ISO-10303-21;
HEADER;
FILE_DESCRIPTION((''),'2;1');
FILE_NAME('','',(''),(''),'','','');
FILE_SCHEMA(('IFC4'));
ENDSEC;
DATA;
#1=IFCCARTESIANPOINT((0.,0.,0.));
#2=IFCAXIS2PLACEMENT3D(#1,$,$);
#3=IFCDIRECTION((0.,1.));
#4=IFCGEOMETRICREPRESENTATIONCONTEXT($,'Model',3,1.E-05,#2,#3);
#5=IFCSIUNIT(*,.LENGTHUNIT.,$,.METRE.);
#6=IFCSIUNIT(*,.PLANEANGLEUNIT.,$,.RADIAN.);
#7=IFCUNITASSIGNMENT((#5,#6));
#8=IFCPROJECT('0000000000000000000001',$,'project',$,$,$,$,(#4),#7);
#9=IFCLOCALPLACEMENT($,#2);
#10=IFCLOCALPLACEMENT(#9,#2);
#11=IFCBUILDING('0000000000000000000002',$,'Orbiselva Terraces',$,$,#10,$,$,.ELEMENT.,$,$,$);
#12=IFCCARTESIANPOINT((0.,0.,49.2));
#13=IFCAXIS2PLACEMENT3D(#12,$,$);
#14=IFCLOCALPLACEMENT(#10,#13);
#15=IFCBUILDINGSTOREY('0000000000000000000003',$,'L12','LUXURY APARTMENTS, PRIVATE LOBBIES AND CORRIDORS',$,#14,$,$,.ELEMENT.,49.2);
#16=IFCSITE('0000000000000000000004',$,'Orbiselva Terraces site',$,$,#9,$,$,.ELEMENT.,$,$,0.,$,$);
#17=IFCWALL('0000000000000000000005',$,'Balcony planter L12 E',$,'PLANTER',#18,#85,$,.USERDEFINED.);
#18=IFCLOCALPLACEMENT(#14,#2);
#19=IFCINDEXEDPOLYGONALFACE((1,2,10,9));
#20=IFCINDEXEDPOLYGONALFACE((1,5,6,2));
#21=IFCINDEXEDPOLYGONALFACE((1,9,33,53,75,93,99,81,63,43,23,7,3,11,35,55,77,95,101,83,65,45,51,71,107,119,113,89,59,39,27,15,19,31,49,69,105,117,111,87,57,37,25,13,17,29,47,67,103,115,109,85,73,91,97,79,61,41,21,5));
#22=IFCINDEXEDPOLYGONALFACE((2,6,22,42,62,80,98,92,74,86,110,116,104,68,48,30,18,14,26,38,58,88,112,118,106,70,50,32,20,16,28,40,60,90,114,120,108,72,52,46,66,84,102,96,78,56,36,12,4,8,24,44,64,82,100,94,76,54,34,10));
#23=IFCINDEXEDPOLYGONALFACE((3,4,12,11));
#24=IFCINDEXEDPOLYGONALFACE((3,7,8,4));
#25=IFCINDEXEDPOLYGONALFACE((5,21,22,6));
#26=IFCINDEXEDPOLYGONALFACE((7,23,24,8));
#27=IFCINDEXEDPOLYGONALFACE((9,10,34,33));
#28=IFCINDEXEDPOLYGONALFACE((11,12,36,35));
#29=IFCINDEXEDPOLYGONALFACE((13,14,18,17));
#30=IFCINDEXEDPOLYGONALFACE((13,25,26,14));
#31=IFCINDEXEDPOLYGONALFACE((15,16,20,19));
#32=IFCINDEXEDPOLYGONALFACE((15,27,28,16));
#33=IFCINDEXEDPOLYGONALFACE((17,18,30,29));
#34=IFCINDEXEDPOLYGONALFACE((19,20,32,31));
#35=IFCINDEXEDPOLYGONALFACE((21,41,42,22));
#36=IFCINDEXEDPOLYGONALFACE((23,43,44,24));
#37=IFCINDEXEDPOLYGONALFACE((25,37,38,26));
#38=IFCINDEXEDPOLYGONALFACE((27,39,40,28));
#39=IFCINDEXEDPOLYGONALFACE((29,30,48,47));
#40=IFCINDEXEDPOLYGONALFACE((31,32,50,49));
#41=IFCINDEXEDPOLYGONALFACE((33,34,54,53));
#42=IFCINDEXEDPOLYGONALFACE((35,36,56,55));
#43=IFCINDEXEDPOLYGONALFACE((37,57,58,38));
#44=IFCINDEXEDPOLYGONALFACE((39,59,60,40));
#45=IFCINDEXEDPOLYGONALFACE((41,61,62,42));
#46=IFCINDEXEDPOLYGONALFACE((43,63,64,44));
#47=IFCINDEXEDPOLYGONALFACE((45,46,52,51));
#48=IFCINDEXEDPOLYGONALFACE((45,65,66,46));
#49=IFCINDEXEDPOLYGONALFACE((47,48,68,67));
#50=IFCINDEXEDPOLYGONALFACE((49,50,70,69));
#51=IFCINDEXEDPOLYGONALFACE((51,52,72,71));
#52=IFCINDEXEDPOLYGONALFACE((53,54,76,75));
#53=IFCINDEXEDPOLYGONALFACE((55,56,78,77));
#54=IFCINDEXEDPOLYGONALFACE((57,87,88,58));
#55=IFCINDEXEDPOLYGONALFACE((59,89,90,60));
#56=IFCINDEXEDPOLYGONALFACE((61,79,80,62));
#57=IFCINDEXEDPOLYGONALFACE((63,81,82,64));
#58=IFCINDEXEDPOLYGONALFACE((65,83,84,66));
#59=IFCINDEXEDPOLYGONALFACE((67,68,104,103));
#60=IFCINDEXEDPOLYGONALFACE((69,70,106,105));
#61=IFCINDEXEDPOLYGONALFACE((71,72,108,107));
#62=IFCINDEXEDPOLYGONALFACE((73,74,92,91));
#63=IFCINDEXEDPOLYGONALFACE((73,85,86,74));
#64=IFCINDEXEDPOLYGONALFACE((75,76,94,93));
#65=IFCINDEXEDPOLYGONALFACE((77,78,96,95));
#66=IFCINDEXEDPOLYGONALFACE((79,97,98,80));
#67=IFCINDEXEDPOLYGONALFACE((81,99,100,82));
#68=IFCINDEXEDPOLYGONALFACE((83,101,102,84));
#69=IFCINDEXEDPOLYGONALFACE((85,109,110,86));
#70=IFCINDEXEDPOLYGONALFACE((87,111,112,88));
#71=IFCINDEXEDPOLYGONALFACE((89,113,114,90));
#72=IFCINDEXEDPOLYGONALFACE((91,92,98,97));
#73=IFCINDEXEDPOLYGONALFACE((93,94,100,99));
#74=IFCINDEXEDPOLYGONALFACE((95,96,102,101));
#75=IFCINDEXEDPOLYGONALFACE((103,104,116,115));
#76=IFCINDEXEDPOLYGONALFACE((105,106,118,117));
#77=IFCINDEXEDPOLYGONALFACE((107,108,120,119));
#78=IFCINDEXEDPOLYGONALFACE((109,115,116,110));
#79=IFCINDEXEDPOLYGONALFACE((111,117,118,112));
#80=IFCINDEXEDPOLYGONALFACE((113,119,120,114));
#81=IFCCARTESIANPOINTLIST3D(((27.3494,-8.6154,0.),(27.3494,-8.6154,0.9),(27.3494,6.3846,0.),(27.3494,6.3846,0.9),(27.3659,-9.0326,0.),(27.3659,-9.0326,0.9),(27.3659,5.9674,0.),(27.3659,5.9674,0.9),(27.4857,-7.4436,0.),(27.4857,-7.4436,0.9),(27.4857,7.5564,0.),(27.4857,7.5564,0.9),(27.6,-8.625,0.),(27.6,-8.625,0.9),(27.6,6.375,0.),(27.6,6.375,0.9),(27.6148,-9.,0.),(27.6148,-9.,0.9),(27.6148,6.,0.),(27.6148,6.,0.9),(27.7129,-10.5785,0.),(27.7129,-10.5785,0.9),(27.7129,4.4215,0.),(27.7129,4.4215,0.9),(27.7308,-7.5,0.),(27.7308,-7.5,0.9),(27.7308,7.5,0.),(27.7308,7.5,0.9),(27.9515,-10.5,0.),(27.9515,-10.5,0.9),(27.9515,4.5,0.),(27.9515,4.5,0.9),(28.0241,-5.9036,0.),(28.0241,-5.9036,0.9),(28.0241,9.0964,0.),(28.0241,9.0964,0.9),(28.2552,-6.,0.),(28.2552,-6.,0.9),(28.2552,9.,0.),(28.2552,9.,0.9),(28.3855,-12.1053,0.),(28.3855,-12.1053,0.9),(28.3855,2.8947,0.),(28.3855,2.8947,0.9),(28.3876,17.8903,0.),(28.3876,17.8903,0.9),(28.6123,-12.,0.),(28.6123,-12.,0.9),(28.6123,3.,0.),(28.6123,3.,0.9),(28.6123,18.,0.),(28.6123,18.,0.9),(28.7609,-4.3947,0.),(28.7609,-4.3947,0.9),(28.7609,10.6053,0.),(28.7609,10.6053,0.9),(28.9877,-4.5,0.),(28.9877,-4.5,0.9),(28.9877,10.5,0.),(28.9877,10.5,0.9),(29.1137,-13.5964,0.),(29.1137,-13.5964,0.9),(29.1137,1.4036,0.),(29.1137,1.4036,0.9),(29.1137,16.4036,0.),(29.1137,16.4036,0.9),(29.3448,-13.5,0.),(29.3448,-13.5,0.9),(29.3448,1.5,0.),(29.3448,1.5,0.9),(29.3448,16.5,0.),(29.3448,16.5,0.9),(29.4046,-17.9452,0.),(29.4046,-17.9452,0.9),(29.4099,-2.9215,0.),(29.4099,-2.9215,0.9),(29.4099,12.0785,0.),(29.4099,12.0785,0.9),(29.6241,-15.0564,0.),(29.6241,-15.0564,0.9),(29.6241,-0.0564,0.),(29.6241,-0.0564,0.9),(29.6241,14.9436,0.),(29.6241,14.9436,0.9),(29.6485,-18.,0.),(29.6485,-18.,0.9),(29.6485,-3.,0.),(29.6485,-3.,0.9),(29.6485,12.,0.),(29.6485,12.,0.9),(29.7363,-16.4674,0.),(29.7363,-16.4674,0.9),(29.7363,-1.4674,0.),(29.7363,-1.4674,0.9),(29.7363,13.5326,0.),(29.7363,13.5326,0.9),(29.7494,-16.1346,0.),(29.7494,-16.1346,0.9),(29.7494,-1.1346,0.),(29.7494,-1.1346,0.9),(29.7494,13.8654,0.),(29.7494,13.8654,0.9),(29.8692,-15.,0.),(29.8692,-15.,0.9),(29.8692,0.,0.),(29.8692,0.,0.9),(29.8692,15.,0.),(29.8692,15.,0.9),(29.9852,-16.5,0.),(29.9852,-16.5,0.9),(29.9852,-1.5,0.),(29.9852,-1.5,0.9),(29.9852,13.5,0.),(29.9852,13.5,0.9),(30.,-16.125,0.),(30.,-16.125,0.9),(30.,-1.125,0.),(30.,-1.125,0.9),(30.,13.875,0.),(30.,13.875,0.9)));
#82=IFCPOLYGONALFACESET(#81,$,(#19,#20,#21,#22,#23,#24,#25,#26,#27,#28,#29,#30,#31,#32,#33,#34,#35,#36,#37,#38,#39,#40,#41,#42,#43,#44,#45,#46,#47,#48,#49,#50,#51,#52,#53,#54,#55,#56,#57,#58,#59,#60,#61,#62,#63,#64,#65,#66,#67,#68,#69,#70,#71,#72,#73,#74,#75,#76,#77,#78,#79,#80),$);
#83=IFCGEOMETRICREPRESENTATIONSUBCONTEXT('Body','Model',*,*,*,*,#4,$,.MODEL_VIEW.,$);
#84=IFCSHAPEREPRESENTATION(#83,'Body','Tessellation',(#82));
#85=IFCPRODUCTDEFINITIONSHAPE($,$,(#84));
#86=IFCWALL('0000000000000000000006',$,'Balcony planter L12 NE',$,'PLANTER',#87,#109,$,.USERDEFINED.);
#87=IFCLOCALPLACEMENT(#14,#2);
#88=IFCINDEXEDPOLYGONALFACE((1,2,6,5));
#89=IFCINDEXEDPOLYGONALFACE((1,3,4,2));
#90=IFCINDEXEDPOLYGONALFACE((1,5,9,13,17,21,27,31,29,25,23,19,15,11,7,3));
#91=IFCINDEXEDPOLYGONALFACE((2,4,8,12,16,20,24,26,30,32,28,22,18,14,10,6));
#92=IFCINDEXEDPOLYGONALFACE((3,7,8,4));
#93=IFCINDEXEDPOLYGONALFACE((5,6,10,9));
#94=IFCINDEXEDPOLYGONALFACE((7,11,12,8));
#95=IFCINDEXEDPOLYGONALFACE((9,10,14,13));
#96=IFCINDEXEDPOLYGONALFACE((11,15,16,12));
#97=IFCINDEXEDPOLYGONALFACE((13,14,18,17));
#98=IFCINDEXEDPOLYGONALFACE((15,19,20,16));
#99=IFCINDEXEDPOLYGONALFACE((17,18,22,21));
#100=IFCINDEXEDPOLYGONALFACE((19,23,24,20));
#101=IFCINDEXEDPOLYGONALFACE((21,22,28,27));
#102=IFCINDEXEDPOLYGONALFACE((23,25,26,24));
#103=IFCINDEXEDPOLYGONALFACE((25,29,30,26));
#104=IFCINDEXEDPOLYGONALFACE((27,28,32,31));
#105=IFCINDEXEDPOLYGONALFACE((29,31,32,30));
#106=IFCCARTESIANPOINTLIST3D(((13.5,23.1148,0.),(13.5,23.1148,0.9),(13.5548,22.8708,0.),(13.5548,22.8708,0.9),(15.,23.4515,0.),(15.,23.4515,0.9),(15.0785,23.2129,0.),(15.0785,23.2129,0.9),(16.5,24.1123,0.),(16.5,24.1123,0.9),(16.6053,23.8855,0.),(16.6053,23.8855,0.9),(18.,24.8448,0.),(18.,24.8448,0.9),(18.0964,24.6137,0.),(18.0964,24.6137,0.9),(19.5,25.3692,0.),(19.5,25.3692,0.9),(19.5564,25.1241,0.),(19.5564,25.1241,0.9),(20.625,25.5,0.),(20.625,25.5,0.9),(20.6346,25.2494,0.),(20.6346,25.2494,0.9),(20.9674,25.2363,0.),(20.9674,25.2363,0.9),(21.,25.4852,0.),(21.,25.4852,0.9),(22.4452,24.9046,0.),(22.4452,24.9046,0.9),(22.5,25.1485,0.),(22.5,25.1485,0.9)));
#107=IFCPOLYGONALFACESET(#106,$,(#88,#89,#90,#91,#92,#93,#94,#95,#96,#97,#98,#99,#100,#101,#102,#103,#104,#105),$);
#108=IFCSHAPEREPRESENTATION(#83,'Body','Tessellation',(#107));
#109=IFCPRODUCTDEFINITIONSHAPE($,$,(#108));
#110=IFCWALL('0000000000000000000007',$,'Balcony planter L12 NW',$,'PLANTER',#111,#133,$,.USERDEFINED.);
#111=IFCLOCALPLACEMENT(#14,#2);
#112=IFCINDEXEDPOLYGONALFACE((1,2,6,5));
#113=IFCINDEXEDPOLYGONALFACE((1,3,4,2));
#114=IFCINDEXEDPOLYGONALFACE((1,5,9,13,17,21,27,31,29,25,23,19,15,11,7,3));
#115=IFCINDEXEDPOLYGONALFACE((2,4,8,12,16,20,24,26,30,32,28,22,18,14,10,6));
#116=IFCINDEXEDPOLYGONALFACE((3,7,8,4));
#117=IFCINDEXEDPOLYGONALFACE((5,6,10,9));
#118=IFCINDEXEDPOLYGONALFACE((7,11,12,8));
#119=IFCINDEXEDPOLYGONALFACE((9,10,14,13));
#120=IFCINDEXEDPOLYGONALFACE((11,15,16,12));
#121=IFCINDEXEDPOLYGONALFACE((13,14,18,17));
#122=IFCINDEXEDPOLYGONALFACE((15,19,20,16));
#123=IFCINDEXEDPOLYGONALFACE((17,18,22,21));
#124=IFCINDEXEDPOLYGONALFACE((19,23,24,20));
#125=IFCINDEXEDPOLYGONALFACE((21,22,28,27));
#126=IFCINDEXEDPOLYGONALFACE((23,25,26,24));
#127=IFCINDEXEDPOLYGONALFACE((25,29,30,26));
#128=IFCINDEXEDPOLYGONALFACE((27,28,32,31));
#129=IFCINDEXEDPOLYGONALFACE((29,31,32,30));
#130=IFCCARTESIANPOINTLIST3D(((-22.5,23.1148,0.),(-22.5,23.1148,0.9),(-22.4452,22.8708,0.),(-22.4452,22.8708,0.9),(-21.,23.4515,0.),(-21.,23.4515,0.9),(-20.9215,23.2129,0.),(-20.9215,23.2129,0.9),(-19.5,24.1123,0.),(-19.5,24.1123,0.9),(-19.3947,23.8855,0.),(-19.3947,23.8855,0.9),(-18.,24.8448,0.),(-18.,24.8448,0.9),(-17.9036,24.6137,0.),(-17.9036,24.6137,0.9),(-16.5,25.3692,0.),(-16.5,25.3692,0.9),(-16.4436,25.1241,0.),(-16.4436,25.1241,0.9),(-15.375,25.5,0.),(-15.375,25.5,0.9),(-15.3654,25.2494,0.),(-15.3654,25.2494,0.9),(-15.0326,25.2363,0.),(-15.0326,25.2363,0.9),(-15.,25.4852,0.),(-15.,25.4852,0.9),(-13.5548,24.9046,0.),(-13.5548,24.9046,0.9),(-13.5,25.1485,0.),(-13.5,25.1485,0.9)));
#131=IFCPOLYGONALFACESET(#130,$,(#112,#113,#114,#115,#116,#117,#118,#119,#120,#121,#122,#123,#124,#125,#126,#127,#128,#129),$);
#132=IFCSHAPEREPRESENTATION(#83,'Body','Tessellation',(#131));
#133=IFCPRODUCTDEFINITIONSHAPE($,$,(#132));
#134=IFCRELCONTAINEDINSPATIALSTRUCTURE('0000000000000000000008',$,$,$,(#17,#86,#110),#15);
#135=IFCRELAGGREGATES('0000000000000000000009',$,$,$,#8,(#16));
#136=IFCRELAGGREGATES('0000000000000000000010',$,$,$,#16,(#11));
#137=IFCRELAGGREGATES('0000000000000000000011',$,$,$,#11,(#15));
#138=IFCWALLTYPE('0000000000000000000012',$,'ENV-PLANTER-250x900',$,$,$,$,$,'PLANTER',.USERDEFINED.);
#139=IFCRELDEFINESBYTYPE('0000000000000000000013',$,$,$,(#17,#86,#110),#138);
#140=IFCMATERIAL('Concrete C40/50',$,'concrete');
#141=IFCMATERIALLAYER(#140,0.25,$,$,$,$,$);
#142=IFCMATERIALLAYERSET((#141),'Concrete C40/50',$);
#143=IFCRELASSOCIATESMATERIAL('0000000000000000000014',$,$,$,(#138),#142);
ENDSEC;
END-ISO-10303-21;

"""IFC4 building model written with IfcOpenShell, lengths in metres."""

from ifc_helpers import new_model, si_unit, direction, frame, origin, place, context, subcontext, project, spatial, polyline, outline, extrude, material, layer, layer_set, type_object, element, save


model = new_model("IFC4")

# Units and contexts
model_context = context("Model", 3, precision=1e-05, world=origin(), true_north=direction((0.0, 1.0)))
body_context = subcontext(model_context, "Body", "Model", "MODEL_VIEW")
ifc_project = project(units=[si_unit("LENGTHUNIT", "METRE"), si_unit("PLANEANGLEUNIT", "RADIAN")], contexts=[model_context])

# Site, building, storey
site_placement = place(None, origin())
site = spatial("IfcSite", under=ifc_project, at=site_placement, Name="Orbiselva Terraces site", CompositionType="ELEMENT", RefElevation=0.0)
building_placement = place(site_placement, origin())
building = spatial("IfcBuilding", under=site, at=building_placement, Name="Orbiselva Terraces", CompositionType="ELEMENT")
storey_placement = place(building_placement, frame((0.0, 0.0, 49.2)))
storey = spatial("IfcBuildingStorey", under=building, at=storey_placement, Name="L12", Description="LUXURY APARTMENTS, PRIVATE LOBBIES AND CORRIDORS", CompositionType="ELEMENT", Elevation=49.2)

# Shared definitions
ifc_material_1 = material(Name="Concrete C40/50", Category="concrete")

# Walls
ifc_layer_1 = layer(ifc_material_1, 0.25)
ifc_layer_set_1 = layer_set([ifc_layer_1], Name="Concrete C40/50")
wall_type_1 = type_object("IfcWallType", Name="ENV-PLANTER-250x900", ElementType="PLANTER", PredefinedType="USERDEFINED", material=ifc_layer_set_1)
wall_1_placement = place(storey_placement, origin())
element("IfcWall", 1, at=wall_1_placement, inside=storey, type_object=wall_type_1, Name="Balcony planter L12 E", ObjectType="PLANTER", PredefinedType="USERDEFINED", context=body_context, shape_type="SweptSolid", body=[
    extrude(outline(polyline([(29.6485, -18.0), (29.9852, -16.5), (30.0, -16.125), (29.8692, -15.0), (29.3448, -13.5), (28.6123, -12.0), (27.9515, -10.5), (27.6148, -9.0), (27.6, -8.625), (27.7308, -7.5), (28.2552, -6.0), (28.9877, -4.5), (29.6485, -3.0), (29.9852, -1.5), (30.0, -1.125), (29.8692, 0.0), (29.3448, 1.5), (28.6123, 3.0), (27.9515, 4.5), (27.6148, 6.0), (27.6, 6.375), (27.7308, 7.5), (28.2552, 9.0), (28.9877, 10.5), (29.6485, 12.0), (29.9852, 13.5), (30.0, 13.875), (29.8692, 15.0), (29.3448, 16.5), (28.6123, 18.0), (28.3876, 17.8903), (29.1137, 16.4036), (29.6241, 14.9436), (29.7494, 13.8654), (29.7363, 13.5326), (29.4099, 12.0785), (28.7609, 10.6053), (28.0241, 9.0964), (27.4857, 7.5564), (27.3494, 6.3846), (27.3659, 5.9674), (27.7129, 4.4215), (28.3855, 2.8947), (29.1137, 1.4036), (29.6241, -0.0564), (29.7494, -1.1346), (29.7363, -1.4674), (29.4099, -2.9215), (28.7609, -4.3947), (28.0241, -5.9036), (27.4857, -7.4436), (27.3494, -8.6154), (27.3659, -9.0326), (27.7129, -10.5785), (28.3855, -12.1053), (29.1137, -13.5964), (29.6241, -15.0564), (29.7494, -16.1346), (29.7363, -16.4674), (29.4046, -17.9452), (29.6485, -18.0)])), origin(), (0.0, 0.0, 1.0), 0.9),
])
wall_2_placement = place(storey_placement, origin())
element("IfcWall", 2, at=wall_2_placement, inside=storey, type_object=wall_type_1, Name="Balcony planter L12 NE", ObjectType="PLANTER", PredefinedType="USERDEFINED", context=body_context, shape_type="SweptSolid", body=[
    extrude(outline(polyline([(22.5, 25.1485), (21.0, 25.4852), (20.625, 25.5), (19.5, 25.3692), (18.0, 24.8448), (16.5, 24.1123), (15.0, 23.4515), (13.5, 23.1148), (13.5548, 22.8708), (15.0785, 23.2129), (16.6053, 23.8855), (18.0964, 24.6137), (19.5564, 25.1241), (20.6346, 25.2494), (20.9674, 25.2363), (22.4452, 24.9046), (22.5, 25.1485)])), origin(), (0.0, 0.0, 1.0), 0.9),
])
wall_3_placement = place(storey_placement, origin())
element("IfcWall", 3, at=wall_3_placement, inside=storey, type_object=wall_type_1, Name="Balcony planter L12 NW", ObjectType="PLANTER", PredefinedType="USERDEFINED", context=body_context, shape_type="SweptSolid", body=[
    extrude(outline(polyline([(-13.5, 25.1485), (-15.0, 25.4852), (-15.375, 25.5), (-16.5, 25.3692), (-18.0, 24.8448), (-19.5, 24.1123), (-21.0, 23.4515), (-22.5, 23.1148), (-22.4452, 22.8708), (-20.9215, 23.2129), (-19.3947, 23.8855), (-17.9036, 24.6137), (-16.4436, 25.1241), (-15.3654, 25.2494), (-15.0326, 25.2363), (-13.5548, 24.9046), (-13.5, 25.1485)])), origin(), (0.0, 0.0, 1.0), 0.9),
])

save(model, "model.ifc")
